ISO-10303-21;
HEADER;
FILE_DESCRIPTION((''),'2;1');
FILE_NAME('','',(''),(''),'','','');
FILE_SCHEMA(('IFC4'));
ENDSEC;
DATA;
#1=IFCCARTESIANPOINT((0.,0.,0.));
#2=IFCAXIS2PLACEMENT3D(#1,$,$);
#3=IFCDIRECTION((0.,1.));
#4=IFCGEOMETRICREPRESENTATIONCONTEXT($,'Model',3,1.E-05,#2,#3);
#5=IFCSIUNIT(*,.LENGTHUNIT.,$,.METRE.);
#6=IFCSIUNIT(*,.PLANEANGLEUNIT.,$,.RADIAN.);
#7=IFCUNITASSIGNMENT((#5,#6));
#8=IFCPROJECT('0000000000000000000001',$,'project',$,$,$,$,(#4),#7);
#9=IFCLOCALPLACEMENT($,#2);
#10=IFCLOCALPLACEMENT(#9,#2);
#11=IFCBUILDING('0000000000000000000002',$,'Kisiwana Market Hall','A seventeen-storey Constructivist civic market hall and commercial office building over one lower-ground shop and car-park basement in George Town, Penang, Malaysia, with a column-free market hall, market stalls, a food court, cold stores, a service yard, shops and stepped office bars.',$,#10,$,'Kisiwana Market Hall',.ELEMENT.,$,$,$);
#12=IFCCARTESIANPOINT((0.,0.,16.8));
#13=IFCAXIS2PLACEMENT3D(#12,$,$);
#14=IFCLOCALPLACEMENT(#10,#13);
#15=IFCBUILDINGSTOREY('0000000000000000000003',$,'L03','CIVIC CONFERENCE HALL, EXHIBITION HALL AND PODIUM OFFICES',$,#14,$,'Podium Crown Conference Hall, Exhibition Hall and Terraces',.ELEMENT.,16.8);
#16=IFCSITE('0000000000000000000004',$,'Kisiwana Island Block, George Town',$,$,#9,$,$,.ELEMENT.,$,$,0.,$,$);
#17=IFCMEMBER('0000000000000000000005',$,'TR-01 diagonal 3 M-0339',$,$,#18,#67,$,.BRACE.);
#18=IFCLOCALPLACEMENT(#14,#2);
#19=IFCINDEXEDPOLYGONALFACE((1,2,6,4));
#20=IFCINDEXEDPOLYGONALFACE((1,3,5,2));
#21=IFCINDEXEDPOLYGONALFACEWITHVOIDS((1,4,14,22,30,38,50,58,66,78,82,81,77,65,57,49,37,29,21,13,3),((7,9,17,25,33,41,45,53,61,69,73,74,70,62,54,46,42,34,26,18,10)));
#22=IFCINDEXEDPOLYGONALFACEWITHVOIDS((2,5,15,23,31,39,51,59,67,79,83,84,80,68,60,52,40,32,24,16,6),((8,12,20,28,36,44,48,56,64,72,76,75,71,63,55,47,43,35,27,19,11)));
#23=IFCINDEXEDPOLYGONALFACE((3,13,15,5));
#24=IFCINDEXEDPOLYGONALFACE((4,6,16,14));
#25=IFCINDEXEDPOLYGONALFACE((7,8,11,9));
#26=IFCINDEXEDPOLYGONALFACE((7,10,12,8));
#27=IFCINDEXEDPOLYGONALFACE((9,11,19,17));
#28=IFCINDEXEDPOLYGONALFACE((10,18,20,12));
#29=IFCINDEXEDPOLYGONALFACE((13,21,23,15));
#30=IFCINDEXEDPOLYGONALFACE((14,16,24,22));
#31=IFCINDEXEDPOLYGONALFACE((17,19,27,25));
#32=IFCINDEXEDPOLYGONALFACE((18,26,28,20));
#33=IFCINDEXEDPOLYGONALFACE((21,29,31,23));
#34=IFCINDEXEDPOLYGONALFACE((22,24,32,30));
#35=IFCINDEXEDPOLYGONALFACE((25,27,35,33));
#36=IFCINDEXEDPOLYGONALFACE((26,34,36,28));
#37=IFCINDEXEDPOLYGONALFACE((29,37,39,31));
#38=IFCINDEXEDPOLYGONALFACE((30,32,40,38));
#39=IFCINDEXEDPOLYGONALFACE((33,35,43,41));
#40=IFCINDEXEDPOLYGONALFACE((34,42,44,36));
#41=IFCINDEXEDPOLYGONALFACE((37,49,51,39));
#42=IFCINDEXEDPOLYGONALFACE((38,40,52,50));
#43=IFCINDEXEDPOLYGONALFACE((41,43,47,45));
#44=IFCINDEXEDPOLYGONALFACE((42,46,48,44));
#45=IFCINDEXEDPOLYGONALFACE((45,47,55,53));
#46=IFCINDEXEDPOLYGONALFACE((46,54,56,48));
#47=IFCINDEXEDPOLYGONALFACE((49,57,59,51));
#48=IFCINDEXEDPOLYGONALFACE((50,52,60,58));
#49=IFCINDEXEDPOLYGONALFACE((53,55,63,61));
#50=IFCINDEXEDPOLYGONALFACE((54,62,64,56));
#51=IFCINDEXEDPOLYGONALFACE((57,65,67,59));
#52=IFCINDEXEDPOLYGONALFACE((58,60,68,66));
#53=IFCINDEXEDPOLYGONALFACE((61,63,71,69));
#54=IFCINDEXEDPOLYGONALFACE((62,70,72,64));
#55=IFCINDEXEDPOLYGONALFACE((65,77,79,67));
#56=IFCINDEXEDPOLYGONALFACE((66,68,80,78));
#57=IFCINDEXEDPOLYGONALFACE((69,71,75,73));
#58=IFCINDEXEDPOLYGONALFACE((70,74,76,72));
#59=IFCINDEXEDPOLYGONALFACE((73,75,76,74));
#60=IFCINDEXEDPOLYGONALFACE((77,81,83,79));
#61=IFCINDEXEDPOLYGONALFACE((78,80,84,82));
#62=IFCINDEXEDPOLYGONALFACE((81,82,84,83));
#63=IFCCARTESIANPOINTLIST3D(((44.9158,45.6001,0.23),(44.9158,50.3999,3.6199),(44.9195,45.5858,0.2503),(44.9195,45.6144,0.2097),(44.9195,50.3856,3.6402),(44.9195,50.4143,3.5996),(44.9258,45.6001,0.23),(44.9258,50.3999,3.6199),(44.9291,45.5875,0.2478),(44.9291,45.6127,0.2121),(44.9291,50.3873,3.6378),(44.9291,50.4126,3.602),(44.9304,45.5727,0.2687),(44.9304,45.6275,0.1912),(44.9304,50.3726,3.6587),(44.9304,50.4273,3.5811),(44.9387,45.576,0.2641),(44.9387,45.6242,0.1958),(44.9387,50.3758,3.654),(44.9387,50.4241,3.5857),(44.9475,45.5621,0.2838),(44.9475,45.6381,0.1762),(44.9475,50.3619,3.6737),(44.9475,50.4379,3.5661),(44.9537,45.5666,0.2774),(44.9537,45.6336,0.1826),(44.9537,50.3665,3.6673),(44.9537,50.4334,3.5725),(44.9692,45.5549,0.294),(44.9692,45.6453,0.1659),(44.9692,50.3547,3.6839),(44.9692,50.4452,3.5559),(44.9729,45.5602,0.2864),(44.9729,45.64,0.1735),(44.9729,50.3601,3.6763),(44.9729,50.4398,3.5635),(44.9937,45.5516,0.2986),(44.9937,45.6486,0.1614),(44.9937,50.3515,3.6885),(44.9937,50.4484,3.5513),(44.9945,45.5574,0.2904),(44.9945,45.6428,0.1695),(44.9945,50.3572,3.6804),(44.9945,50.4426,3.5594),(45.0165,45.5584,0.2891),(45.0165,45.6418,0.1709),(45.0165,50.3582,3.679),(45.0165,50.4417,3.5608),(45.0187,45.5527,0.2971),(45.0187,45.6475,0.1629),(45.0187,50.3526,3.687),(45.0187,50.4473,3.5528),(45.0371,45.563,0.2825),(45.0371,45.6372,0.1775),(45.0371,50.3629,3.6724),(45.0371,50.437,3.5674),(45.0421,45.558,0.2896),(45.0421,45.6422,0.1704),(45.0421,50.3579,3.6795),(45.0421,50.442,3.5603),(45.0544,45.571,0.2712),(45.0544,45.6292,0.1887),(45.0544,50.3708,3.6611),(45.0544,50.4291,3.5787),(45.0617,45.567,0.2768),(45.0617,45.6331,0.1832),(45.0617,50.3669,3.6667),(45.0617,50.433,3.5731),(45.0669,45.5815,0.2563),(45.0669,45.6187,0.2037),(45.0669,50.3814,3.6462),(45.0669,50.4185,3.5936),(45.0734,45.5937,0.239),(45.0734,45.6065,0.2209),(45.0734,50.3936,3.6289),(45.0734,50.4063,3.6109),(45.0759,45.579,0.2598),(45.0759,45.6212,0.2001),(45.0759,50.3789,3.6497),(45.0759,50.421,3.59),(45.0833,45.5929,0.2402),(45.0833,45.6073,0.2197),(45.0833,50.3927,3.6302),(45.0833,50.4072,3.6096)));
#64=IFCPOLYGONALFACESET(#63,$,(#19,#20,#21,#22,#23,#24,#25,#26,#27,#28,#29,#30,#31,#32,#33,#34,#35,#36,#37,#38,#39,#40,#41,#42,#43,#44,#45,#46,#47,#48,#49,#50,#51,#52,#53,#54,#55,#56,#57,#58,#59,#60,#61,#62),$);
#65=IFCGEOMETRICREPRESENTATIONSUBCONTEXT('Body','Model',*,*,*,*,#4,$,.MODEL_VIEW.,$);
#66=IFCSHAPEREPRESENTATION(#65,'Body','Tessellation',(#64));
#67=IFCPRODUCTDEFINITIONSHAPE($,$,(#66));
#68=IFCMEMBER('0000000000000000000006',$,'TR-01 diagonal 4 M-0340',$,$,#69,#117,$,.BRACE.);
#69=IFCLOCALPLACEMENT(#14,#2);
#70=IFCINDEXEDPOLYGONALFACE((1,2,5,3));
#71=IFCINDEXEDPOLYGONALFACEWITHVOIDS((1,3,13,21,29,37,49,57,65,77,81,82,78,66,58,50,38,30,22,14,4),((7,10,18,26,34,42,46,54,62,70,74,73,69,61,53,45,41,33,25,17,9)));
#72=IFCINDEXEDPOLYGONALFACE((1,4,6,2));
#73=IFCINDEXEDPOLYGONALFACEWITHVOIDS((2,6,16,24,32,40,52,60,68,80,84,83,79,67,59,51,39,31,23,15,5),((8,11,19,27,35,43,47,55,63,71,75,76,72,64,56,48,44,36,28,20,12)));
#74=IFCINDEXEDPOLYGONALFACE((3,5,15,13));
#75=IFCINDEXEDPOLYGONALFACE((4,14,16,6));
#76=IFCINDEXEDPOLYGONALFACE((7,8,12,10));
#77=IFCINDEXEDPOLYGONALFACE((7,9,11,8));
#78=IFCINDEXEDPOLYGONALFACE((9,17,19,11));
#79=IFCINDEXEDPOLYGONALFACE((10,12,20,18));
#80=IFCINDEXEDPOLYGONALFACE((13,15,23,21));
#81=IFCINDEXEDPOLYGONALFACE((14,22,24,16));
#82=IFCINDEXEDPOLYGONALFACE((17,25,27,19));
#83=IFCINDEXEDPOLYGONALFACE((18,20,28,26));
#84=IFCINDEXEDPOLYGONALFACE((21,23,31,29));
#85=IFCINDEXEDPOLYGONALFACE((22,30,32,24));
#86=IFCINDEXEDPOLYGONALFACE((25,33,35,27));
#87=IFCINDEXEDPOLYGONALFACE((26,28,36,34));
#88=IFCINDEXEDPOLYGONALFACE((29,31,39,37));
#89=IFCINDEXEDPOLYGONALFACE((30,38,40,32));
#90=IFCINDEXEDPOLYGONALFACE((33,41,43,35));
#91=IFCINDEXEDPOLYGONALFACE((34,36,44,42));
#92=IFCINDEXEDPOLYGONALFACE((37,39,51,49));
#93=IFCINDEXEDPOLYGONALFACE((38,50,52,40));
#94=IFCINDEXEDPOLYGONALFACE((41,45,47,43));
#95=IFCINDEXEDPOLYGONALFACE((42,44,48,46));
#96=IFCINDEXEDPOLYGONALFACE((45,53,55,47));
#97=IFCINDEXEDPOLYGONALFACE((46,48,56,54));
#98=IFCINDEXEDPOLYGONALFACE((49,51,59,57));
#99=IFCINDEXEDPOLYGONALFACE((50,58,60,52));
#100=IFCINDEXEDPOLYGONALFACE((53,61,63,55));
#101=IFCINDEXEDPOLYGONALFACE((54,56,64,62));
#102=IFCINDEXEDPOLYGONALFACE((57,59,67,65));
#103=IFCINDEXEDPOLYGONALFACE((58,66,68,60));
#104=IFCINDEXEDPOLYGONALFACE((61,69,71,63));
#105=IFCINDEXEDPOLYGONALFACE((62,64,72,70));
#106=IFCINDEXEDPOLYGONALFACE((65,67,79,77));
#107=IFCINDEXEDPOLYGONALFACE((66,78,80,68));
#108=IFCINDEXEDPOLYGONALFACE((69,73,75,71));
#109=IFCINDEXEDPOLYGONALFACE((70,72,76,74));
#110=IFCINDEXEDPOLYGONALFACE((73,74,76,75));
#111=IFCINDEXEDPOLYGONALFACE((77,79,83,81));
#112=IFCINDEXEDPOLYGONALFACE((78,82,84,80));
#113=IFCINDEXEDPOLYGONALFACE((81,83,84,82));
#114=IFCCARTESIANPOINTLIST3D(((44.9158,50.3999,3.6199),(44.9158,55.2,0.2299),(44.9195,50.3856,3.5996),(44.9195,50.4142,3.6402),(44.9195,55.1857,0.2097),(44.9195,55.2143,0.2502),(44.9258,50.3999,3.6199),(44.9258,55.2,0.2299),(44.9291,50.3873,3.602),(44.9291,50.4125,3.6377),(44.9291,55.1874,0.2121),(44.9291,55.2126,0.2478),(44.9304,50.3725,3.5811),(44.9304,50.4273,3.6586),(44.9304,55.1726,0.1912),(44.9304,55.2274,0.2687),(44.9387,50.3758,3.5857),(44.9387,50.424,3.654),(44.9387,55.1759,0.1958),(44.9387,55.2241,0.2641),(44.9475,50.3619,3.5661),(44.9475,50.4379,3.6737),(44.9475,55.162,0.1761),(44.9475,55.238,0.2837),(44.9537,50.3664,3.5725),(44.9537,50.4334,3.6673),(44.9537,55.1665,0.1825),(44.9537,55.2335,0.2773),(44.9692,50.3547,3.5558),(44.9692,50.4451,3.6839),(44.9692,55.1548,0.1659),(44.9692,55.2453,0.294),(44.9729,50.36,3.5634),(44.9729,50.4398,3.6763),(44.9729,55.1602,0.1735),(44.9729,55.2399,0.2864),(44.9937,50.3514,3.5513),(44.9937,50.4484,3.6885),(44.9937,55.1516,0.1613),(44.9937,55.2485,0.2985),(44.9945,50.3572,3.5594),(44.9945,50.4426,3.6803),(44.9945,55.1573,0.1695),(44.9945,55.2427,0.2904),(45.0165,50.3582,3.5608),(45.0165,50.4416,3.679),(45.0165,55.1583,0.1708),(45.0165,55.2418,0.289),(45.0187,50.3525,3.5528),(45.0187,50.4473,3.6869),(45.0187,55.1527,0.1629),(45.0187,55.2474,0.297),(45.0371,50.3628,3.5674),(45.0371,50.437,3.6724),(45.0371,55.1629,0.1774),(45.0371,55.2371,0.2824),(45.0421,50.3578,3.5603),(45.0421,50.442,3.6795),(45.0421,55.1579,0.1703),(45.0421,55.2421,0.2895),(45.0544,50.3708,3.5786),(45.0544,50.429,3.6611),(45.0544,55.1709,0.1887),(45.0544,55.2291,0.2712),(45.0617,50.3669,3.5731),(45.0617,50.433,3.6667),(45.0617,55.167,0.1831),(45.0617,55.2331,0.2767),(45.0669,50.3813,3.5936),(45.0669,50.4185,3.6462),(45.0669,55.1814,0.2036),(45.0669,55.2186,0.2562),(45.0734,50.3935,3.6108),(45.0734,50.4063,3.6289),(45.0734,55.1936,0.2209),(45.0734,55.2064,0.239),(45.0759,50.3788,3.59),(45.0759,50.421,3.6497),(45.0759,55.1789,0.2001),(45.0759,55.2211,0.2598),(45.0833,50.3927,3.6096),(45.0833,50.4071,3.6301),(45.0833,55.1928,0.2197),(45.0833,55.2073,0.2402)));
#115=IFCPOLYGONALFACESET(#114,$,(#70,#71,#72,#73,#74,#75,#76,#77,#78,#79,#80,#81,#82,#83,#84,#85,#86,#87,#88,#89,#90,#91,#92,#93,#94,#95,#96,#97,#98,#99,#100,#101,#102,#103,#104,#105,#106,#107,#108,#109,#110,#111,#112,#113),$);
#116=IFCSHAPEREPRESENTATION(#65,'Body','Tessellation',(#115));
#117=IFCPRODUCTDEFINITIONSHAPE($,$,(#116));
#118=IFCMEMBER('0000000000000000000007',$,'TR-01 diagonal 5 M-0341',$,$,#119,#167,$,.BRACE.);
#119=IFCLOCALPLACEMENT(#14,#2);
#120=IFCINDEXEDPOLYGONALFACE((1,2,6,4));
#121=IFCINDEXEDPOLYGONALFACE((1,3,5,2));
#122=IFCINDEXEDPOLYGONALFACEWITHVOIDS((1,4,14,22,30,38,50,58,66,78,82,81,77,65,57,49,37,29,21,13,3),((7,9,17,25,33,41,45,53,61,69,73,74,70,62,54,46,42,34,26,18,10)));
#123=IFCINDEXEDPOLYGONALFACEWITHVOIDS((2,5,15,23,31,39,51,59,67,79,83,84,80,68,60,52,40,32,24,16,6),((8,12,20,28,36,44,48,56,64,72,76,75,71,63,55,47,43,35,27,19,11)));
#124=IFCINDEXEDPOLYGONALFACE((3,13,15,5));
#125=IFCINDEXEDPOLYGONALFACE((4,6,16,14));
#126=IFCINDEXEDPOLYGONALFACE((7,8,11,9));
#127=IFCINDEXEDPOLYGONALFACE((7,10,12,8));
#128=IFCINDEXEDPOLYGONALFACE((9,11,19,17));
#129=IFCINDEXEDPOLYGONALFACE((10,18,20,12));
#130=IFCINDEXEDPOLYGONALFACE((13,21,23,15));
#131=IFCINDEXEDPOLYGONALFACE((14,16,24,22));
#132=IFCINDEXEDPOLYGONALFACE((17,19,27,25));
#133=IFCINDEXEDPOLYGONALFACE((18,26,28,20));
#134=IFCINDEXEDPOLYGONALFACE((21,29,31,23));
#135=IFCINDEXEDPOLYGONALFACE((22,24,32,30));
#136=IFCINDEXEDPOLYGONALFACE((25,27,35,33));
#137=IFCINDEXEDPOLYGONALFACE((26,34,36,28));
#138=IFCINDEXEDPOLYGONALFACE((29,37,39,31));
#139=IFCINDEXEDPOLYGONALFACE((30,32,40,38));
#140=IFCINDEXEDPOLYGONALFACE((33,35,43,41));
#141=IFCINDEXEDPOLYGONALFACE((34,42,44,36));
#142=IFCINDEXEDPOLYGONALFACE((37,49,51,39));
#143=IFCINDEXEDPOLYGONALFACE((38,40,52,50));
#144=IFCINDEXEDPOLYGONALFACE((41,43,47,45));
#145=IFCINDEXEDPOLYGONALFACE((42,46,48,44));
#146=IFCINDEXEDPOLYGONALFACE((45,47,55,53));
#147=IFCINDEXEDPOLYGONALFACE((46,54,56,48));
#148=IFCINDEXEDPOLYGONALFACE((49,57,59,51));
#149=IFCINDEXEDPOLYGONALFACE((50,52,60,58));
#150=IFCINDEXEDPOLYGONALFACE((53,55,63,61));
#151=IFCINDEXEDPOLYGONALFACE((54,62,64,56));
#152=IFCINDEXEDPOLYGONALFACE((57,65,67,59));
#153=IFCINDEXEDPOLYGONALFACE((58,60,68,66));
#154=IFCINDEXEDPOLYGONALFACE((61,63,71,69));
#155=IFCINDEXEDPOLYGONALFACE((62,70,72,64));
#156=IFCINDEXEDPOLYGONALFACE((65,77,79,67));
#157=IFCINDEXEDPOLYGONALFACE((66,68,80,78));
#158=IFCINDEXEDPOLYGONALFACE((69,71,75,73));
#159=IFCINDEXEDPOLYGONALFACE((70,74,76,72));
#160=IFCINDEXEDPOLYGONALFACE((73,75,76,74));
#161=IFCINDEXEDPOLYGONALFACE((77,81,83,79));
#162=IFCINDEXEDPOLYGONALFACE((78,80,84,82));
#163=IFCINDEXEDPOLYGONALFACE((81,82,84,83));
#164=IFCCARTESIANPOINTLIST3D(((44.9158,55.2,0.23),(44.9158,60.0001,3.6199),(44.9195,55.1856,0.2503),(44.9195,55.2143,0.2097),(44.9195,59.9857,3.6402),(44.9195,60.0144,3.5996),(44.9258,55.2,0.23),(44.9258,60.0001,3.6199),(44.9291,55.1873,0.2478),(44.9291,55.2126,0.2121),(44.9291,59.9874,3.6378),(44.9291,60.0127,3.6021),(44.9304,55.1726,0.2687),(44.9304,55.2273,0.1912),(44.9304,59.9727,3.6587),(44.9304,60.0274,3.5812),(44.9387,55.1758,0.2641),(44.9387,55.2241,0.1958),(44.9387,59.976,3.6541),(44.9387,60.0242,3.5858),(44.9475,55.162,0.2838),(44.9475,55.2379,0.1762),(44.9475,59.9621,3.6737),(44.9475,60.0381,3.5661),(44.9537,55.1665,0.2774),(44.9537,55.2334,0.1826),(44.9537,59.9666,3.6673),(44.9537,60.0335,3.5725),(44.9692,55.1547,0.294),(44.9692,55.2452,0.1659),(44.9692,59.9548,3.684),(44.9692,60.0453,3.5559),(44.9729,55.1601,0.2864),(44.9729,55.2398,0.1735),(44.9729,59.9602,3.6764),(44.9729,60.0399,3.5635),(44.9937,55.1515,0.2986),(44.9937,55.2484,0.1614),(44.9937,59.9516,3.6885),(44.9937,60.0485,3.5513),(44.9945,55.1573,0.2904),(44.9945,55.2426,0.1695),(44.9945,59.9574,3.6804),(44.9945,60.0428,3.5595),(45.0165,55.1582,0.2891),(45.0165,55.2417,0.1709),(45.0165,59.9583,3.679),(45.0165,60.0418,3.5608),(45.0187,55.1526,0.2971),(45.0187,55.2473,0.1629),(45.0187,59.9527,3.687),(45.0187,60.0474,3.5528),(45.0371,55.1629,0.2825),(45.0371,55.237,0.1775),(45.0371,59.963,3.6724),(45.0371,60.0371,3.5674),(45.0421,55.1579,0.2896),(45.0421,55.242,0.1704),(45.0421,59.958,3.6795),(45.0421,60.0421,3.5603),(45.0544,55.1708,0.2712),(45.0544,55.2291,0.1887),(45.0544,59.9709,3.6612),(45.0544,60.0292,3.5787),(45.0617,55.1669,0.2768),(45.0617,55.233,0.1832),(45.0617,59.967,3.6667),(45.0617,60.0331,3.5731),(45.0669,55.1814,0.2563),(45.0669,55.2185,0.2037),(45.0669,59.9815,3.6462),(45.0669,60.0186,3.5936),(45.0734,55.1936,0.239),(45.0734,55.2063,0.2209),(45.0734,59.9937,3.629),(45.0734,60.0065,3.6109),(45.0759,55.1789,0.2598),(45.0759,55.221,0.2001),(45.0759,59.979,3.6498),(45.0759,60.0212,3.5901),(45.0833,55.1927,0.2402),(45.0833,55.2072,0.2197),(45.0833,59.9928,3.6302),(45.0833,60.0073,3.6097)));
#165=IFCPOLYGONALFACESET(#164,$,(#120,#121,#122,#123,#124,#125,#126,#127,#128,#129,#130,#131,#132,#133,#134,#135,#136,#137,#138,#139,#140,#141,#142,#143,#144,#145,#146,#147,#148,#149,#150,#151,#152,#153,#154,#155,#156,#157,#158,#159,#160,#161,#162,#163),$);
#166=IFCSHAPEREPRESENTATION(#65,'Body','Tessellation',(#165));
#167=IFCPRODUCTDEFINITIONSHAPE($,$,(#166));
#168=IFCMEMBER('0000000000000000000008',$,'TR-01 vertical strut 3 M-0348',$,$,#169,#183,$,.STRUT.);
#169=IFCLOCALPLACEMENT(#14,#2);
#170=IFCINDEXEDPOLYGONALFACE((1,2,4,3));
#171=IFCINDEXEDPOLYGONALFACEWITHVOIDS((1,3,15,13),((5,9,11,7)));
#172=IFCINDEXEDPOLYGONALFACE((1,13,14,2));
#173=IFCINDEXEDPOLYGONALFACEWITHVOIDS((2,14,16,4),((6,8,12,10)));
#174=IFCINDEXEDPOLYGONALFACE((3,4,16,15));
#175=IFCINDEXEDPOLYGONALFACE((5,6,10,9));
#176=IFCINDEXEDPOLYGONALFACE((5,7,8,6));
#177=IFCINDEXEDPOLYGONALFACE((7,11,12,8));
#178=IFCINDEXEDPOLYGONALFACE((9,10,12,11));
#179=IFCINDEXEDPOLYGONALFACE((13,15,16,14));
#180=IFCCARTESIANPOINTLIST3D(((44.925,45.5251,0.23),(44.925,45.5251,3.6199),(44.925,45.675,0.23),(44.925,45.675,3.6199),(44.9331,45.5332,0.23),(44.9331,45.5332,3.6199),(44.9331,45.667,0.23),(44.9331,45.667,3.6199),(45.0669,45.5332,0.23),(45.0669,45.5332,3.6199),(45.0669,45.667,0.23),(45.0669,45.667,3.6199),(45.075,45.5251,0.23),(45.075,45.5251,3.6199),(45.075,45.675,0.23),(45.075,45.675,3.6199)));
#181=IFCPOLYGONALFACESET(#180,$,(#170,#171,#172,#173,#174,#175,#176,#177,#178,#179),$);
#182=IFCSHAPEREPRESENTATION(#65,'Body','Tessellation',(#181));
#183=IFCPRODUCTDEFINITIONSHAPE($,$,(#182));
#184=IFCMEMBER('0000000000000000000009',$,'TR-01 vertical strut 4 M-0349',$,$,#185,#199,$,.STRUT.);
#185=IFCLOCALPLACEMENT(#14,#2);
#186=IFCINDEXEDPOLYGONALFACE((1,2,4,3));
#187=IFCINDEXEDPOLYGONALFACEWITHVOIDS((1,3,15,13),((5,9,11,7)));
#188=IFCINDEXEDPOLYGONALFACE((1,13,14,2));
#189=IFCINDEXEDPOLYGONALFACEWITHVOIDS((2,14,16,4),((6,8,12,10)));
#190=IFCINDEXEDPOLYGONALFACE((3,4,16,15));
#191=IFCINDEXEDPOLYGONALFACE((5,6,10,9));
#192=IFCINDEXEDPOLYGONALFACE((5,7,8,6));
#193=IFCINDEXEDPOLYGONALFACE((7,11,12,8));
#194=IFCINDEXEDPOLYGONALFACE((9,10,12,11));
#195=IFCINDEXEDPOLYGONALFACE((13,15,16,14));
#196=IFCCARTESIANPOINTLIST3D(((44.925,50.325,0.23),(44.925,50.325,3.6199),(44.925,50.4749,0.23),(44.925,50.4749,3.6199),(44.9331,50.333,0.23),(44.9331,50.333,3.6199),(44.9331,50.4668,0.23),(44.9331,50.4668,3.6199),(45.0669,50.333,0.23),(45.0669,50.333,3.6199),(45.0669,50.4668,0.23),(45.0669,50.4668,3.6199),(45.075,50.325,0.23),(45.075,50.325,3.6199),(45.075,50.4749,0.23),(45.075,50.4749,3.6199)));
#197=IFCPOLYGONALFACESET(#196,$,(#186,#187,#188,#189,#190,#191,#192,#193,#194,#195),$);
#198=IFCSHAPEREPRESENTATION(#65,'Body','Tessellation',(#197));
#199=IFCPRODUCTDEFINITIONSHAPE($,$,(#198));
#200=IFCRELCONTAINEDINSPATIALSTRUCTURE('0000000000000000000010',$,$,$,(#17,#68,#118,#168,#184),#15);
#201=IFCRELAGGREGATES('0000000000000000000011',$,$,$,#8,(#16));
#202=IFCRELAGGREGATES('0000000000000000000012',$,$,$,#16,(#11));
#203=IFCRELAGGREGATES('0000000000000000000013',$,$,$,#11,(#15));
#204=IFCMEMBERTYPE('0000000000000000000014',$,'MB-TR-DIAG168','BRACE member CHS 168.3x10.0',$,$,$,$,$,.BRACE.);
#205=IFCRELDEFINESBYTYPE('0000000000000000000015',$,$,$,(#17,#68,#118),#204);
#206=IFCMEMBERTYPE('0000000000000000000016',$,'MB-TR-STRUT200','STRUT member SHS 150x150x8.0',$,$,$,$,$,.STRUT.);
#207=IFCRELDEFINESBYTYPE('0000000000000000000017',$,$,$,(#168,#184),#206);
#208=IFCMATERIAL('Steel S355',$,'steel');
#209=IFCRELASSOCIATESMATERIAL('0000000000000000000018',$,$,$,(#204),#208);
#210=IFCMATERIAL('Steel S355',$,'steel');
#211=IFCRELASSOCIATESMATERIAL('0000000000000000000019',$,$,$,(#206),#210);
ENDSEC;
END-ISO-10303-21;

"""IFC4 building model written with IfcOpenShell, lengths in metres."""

from ifc_helpers import new_model, si_unit, direction, frame, origin, origin_2d, place, context, subcontext, project, spatial, hollow_rectangle, hollow_circle, extrude, material, material_profile, profile_set, type_object, element, save


model = new_model("IFC4")

# Units and contexts
model_context = context("Model", 3, precision=1e-05, world=origin(), true_north=direction((0.0, 1.0)))
body_context = subcontext(model_context, "Body", "Model", "MODEL_VIEW")
ifc_project = project(units=[si_unit("LENGTHUNIT", "METRE"), si_unit("PLANEANGLEUNIT", "RADIAN")], contexts=[model_context])

# Site, building, storey
site_placement = place(None, origin())
site = spatial("IfcSite", under=ifc_project, at=site_placement, Name="Kisiwana Island Block, George Town", CompositionType="ELEMENT", RefElevation=0.0)
building_placement = place(site_placement, origin())
building = spatial("IfcBuilding", under=site, at=building_placement, Name="Kisiwana Market Hall", Description="A seventeen-storey Constructivist civic market hall and commercial office building over one lower-ground shop and car-park basement in George Town, Penang, Malaysia, with a column-free market hall, market stalls, a food court, cold stores, a service yard, shops and stepped office bars.", LongName="Kisiwana Market Hall", CompositionType="ELEMENT")
storey_placement = place(building_placement, frame((0.0, 0.0, 16.8)))
storey = spatial("IfcBuildingStorey", under=building, at=storey_placement, Name="L03", Description="CIVIC CONFERENCE HALL, EXHIBITION HALL AND PODIUM OFFICES", LongName="Podium Crown Conference Hall, Exhibition Hall and Terraces", CompositionType="ELEMENT", Elevation=16.8)

# Members
ifc_material_1 = material(Name="Steel S355", Category="steel")
ifc_material_profile_1 = material_profile(ifc_material_1, hollow_circle(Radius=0.0842, WallThickness=0.01, at=origin_2d()), Name="CHS 168.3x10.0")
ifc_profile_set_1 = profile_set([ifc_material_profile_1], Name="Steel S355")
member_type_1 = type_object("IfcMemberType", Name="MB-TR-DIAG168", Description="BRACE member CHS 168.3x10.0", PredefinedType="BRACE", material=ifc_profile_set_1)
member_1_placement = place(storey_placement, frame((45.0, 45.6001, 0.23), z_axis=(0.0, 0.816824, 0.576887), x_axis=(-1.0, 0.0, 0.0)))
element("IfcMember", 1, at=member_1_placement, inside=storey, type_object=member_type_1, Name="TR-01 diagonal 3 M-0339", PredefinedType="BRACE", context=body_context, shape_type="SweptSolid", body=[
    extrude(hollow_circle(Radius=0.0842, WallThickness=0.01, at=origin_2d()), origin(), (0.0, 0.0, 1.0), 5.8762),
])
for number, where, z_axis, x_axis, name in (
    (2, (45.0, 50.3999, 3.6199), (0.0, 0.816838, -0.576868), (-1.0, 0.0, 0.0), "TR-01 diagonal 4 M-0340"),
    (3, (45.0, 55.2, 0.23), (0.0, 0.816838, 0.576868), (-1.0, 0.0, 0.0), "TR-01 diagonal 5 M-0341"),
):
    element("IfcMember", number, at=place(storey_placement, frame(where, z_axis=z_axis, x_axis=x_axis)), inside=storey, type_object=member_type_1, Name=name, PredefinedType="BRACE", context=body_context, shape_type="SweptSolid", body=[
        extrude(hollow_circle(Radius=0.0842, WallThickness=0.01, at=origin_2d()), origin(), (0.0, 0.0, 1.0), 5.8765),
    ])
ifc_material_2 = material(Name="Steel S355", Category="steel")
ifc_material_profile_2 = material_profile(ifc_material_2, hollow_rectangle(XDim=0.1499, YDim=0.1499, WallThickness=0.0081, at=origin_2d()), Name="SHS 150x150x8.0")
ifc_profile_set_2 = profile_set([ifc_material_profile_2], Name="Steel S355")
member_type_2 = type_object("IfcMemberType", Name="MB-TR-STRUT200", Description="STRUT member SHS 150x150x8.0", PredefinedType="STRUT", material=ifc_profile_set_2)
for number, where, z_axis, x_axis, name in (
    (4, (45.0, 45.6001, 0.23), (0.0, 0.0, 1.0), (1.0, 0.0, 0.0), "TR-01 vertical strut 3 M-0348"),
    (5, (45.0, 50.3999, 0.23), (0.0, 0.0, 1.0), (1.0, 0.0, 0.0), "TR-01 vertical strut 4 M-0349"),
):
    element("IfcMember", number, at=place(storey_placement, frame(where, z_axis=z_axis, x_axis=x_axis)), inside=storey, type_object=member_type_2, Name=name, PredefinedType="STRUT", context=body_context, shape_type="SweptSolid", body=[
        extrude(hollow_rectangle(XDim=0.1499, YDim=0.1499, WallThickness=0.0081, at=origin_2d()), origin(), (0.0, 0.0, 1.0), 3.3899),
    ])

save(model, "model.ifc")
